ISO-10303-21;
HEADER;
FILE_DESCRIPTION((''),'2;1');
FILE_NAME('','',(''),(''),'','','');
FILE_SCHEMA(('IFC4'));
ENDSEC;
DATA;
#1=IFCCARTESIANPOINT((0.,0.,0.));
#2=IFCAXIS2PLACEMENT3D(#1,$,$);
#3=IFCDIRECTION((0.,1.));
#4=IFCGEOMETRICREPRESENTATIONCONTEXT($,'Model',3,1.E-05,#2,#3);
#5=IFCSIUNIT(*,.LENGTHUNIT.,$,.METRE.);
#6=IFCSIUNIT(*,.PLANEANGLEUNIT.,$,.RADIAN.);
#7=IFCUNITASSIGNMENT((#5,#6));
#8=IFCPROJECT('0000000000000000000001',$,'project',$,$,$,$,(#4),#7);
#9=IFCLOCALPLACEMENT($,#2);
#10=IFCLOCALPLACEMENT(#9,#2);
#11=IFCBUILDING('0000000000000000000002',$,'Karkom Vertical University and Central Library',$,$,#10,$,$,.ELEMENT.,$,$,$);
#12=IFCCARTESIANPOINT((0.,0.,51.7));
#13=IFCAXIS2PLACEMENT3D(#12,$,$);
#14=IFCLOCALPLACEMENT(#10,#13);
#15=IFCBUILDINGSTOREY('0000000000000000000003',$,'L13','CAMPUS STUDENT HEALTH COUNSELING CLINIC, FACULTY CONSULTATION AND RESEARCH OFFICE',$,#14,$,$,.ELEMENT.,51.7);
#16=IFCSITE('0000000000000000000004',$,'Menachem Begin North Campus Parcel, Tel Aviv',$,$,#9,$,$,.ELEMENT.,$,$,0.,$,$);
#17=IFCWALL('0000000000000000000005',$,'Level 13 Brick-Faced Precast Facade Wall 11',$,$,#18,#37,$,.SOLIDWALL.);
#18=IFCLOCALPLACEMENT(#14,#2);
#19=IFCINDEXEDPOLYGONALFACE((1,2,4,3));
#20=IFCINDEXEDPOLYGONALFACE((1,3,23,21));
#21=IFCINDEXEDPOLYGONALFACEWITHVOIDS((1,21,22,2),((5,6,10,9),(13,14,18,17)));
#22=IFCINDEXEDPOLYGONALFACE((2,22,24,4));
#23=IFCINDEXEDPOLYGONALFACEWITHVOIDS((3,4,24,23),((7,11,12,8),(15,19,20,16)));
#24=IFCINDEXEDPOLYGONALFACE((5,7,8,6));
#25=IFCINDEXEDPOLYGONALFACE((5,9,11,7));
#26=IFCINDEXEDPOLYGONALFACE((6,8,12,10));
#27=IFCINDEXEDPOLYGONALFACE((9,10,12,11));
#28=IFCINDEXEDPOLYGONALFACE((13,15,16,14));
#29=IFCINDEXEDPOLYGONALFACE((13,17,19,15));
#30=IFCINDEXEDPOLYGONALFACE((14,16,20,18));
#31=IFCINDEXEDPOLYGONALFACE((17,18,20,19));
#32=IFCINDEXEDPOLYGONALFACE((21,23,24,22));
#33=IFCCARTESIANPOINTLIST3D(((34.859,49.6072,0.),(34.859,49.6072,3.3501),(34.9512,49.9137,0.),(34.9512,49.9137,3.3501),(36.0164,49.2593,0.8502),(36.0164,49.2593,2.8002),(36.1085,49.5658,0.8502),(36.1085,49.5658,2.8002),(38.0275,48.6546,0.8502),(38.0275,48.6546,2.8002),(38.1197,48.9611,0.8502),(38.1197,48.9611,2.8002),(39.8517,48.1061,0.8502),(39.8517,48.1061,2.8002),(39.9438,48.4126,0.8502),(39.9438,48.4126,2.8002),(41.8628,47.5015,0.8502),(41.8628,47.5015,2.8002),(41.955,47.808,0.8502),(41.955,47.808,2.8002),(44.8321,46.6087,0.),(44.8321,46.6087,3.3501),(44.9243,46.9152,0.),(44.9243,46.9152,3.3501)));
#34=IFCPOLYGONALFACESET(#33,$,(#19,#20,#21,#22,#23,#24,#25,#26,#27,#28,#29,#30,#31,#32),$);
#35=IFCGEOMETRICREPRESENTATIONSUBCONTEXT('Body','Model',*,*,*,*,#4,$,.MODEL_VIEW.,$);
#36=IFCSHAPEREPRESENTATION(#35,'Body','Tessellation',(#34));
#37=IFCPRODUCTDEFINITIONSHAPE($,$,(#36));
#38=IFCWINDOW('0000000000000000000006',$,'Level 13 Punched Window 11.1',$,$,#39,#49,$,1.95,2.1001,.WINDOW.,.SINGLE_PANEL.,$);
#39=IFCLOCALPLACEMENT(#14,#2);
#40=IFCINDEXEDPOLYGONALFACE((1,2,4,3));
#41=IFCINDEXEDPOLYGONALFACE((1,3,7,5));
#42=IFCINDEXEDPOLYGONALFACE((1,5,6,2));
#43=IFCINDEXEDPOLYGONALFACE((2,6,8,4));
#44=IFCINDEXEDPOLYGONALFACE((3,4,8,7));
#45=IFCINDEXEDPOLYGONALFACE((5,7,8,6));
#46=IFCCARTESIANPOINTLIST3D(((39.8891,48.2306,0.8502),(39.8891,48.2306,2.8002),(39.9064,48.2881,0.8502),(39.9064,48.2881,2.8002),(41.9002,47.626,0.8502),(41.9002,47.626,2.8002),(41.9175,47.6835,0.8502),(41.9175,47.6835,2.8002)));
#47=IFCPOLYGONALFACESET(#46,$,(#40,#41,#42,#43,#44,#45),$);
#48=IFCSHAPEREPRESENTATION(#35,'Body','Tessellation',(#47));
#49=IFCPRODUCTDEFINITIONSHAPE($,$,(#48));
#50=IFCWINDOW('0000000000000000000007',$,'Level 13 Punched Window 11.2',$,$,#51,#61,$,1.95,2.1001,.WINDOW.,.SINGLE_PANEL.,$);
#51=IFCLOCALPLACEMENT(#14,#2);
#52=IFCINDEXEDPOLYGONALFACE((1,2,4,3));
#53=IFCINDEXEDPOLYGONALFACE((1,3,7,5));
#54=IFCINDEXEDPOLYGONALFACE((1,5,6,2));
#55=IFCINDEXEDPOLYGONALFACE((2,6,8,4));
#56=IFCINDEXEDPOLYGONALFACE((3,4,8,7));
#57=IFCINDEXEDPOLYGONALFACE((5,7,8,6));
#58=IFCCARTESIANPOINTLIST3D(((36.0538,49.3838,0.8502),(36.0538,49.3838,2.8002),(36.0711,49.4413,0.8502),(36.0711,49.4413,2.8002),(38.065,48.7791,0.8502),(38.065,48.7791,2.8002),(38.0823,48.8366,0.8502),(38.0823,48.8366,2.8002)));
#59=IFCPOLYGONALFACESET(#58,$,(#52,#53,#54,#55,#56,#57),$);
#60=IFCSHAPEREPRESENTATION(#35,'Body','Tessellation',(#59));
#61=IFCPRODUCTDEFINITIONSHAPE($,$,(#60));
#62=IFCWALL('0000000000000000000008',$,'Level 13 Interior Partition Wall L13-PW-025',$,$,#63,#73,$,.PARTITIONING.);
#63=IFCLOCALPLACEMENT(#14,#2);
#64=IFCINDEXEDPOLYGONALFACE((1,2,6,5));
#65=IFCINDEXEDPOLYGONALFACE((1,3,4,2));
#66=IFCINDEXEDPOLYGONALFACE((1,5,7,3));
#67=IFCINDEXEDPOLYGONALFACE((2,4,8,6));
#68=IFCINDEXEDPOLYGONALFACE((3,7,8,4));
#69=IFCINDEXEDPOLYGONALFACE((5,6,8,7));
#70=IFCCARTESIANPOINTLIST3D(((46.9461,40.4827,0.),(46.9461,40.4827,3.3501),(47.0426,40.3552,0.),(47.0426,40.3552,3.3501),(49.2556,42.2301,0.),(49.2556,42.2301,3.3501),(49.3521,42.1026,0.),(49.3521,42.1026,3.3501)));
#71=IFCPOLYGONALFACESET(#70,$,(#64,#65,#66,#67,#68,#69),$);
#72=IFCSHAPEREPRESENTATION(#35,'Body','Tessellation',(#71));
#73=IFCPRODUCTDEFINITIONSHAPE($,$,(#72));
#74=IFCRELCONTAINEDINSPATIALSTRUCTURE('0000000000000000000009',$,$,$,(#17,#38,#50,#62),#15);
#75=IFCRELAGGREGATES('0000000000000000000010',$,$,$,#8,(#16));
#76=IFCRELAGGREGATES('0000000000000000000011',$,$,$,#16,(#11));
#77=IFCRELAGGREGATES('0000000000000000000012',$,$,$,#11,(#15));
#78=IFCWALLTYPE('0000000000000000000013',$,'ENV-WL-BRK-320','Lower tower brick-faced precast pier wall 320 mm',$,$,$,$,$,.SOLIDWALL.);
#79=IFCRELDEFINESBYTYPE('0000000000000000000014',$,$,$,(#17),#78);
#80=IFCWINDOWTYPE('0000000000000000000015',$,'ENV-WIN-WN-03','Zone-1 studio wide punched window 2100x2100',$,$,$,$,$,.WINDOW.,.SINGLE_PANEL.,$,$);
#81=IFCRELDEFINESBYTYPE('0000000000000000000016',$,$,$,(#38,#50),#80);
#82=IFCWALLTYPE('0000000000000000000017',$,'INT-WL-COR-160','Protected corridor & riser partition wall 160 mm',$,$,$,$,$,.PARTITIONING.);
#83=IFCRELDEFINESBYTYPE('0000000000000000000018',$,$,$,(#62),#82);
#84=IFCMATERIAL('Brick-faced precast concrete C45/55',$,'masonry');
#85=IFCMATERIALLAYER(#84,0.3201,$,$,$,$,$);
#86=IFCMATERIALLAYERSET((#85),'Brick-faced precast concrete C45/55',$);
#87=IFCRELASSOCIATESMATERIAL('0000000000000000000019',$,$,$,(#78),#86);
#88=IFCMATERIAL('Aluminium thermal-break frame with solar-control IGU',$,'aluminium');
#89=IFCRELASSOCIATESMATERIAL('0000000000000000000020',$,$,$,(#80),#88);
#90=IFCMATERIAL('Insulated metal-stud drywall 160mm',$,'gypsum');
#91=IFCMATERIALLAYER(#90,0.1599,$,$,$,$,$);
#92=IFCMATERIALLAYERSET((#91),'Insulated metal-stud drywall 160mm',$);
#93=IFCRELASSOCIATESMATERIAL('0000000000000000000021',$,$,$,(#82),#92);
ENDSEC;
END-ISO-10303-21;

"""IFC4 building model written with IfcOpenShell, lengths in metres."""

from ifc_helpers import new_model, si_unit, direction, frame, frame_2d, origin, origin_with_axes, place, context, subcontext, project, spatial, rectangle, extrude, source, transform, mapped, material, layer, layer_set, type_object, element, fill, save


model = new_model("IFC4")

# Units and contexts
model_context = context("Model", 3, precision=1e-05, world=origin(), true_north=direction((0.0, 1.0)))
body_context = subcontext(model_context, "Body", "Model", "MODEL_VIEW")
ifc_project = project(units=[si_unit("LENGTHUNIT", "METRE"), si_unit("PLANEANGLEUNIT", "RADIAN")], contexts=[model_context])

# Site, building, storey
site_placement = place(None, origin())
site = spatial("IfcSite", under=ifc_project, at=site_placement, Name="Menachem Begin North Campus Parcel, Tel Aviv", CompositionType="ELEMENT", RefElevation=0.0)
building_placement = place(site_placement, origin())
building = spatial("IfcBuilding", under=site, at=building_placement, Name="Karkom Vertical University and Central Library", CompositionType="ELEMENT")
storey_placement = place(building_placement, frame((0.0, 0.0, 51.7)))
storey = spatial("IfcBuildingStorey", under=building, at=storey_placement, Name="L13", Description="CAMPUS STUDENT HEALTH COUNSELING CLINIC, FACULTY CONSULTATION AND RESEARCH OFFICE", CompositionType="ELEMENT", Elevation=51.7)

# Wall, openings, windows
ifc_material_1 = material(Name="Brick-faced precast concrete C45/55", Category="masonry")
ifc_layer_1 = layer(ifc_material_1, 0.3201)
ifc_layer_set_1 = layer_set([ifc_layer_1], Name="Brick-faced precast concrete C45/55")
wall_type_1 = type_object("IfcWallType", Name="ENV-WL-BRK-320", Description="Lower tower brick-faced precast pier wall 320 mm", PredefinedType="SOLIDWALL", material=ifc_layer_set_1)
ifc_material_2 = material(Name="Aluminium thermal-break frame with solar-control IGU", Category="aluminium")
window_type = type_object("IfcWindowType", Name="ENV-WIN-WN-03", Description="Zone-1 studio wide punched window 2100x2100", PartitioningType="SINGLE_PANEL", PredefinedType="WINDOW", material=ifc_material_2)
shared_shape_1 = source(origin_with_axes(), body_context, "Body", "SweptSolid", [
    extrude(rectangle(XDim=2.1001, YDim=1.95, at=frame_2d((1.05, 0.9751))), frame((0.0, 0.03, 0.0), z_axis=(0.0, -1.0, 0.0), x_axis=(1.0, 0.0, 0.0)), (0.0, 0.0, 1.0), 0.0601),
])
wall_1_placement = place(storey_placement, frame((44.8782, 46.762, 0.0), z_axis=(0.0, 0.0, 1.0), x_axis=(-0.957652, 0.287929, 0.0)))
wall_1 = element("IfcWall", 1, at=wall_1_placement, inside=storey, type_object=wall_type_1, Name="Level 13 Brick-Faced Precast Facade Wall 11", PredefinedType="SOLIDWALL", context=body_context, shape_type="SweptSolid", body=[
    extrude(rectangle(XDim=10.4141, YDim=0.3201, at=frame_2d((5.207, 0.0))), origin(), (0.0, 0.0, 1.0), 3.3501),
])
opening_1_placement = place(wall_1_placement, frame((3.1006, 0.0, 0.8501)))
opening_1 = element("IfcOpeningElement", 2, at=opening_1_placement, cuts=wall_1, PredefinedType="OPENING", context=body_context, shape_type="SweptSolid", body=[
    extrude(rectangle(XDim=2.1001, YDim=1.95, at=frame_2d((1.05, 0.9751))), frame((0.0, 0.1699, 0.0), z_axis=(0.0, -1.0, 0.0), x_axis=(1.0, 0.0, 0.0)), (0.0, 0.0, 1.0), 0.3401),
])
opening_2_placement = place(wall_1_placement, frame((7.1055, 0.0, 0.8501)))
opening_2 = element("IfcOpeningElement", 3, at=opening_2_placement, cuts=wall_1, PredefinedType="OPENING", context=body_context, shape_type="SweptSolid", body=[
    extrude(rectangle(XDim=2.1001, YDim=1.95, at=frame_2d((1.05, 0.9751))), frame((0.0, 0.1699, 0.0), z_axis=(0.0, -1.0, 0.0), x_axis=(1.0, 0.0, 0.0)), (0.0, 0.0, 1.0), 0.3401),
])
window_1_placement = place(opening_1_placement, origin())
window_1 = element("IfcWindow", 4, at=window_1_placement, inside=storey, type_object=window_type, Name="Level 13 Punched Window 11.1", OverallHeight=1.95, OverallWidth=2.1001, PartitioningType="SINGLE_PANEL", PredefinedType="WINDOW", context=body_context, shape_type="MappedRepresentation", body=[
    mapped(shared_shape_1, transform((0.0, 0.0, 0.0), scale=1.0)),
])
fill(opening_1, window_1)
window_2_placement = place(opening_2_placement, origin())
window_2 = element("IfcWindow", 5, at=window_2_placement, inside=storey, type_object=window_type, Name="Level 13 Punched Window 11.2", OverallHeight=1.95, OverallWidth=2.1001, PartitioningType="SINGLE_PANEL", PredefinedType="WINDOW", context=body_context, shape_type="MappedRepresentation", body=[
    mapped(shared_shape_1, transform((0.0, 0.0, 0.0), scale=1.0)),
])
fill(opening_2, window_2)

# Wall
ifc_material_3 = material(Name="Insulated metal-stud drywall 160mm", Category="gypsum")
ifc_layer_2 = layer(ifc_material_3, 0.1599)
ifc_layer_set_2 = layer_set([ifc_layer_2], Name="Insulated metal-stud drywall 160mm")
wall_type_2 = type_object("IfcWallType", Name="INT-WL-COR-160", Description="Protected corridor & riser partition wall 160 mm", PredefinedType="PARTITIONING", material=ifc_layer_set_2)
wall_2_placement = place(storey_placement, frame((46.9944, 40.4189, 0.0), z_axis=(0.0, 0.0, 1.0), x_axis=(0.797454, 0.60338, 0.0)))
element("IfcWall", 6, at=wall_2_placement, inside=storey, type_object=wall_type_2, Name="Level 13 Interior Partition Wall L13-PW-025", PredefinedType="PARTITIONING", context=body_context, shape_type="SweptSolid", body=[
    extrude(rectangle(XDim=2.896, YDim=0.1599, at=frame_2d((1.448, 0.0))), origin(), (0.0, 0.0, 1.0), 3.3501),
])

save(model, "model.ifc")
